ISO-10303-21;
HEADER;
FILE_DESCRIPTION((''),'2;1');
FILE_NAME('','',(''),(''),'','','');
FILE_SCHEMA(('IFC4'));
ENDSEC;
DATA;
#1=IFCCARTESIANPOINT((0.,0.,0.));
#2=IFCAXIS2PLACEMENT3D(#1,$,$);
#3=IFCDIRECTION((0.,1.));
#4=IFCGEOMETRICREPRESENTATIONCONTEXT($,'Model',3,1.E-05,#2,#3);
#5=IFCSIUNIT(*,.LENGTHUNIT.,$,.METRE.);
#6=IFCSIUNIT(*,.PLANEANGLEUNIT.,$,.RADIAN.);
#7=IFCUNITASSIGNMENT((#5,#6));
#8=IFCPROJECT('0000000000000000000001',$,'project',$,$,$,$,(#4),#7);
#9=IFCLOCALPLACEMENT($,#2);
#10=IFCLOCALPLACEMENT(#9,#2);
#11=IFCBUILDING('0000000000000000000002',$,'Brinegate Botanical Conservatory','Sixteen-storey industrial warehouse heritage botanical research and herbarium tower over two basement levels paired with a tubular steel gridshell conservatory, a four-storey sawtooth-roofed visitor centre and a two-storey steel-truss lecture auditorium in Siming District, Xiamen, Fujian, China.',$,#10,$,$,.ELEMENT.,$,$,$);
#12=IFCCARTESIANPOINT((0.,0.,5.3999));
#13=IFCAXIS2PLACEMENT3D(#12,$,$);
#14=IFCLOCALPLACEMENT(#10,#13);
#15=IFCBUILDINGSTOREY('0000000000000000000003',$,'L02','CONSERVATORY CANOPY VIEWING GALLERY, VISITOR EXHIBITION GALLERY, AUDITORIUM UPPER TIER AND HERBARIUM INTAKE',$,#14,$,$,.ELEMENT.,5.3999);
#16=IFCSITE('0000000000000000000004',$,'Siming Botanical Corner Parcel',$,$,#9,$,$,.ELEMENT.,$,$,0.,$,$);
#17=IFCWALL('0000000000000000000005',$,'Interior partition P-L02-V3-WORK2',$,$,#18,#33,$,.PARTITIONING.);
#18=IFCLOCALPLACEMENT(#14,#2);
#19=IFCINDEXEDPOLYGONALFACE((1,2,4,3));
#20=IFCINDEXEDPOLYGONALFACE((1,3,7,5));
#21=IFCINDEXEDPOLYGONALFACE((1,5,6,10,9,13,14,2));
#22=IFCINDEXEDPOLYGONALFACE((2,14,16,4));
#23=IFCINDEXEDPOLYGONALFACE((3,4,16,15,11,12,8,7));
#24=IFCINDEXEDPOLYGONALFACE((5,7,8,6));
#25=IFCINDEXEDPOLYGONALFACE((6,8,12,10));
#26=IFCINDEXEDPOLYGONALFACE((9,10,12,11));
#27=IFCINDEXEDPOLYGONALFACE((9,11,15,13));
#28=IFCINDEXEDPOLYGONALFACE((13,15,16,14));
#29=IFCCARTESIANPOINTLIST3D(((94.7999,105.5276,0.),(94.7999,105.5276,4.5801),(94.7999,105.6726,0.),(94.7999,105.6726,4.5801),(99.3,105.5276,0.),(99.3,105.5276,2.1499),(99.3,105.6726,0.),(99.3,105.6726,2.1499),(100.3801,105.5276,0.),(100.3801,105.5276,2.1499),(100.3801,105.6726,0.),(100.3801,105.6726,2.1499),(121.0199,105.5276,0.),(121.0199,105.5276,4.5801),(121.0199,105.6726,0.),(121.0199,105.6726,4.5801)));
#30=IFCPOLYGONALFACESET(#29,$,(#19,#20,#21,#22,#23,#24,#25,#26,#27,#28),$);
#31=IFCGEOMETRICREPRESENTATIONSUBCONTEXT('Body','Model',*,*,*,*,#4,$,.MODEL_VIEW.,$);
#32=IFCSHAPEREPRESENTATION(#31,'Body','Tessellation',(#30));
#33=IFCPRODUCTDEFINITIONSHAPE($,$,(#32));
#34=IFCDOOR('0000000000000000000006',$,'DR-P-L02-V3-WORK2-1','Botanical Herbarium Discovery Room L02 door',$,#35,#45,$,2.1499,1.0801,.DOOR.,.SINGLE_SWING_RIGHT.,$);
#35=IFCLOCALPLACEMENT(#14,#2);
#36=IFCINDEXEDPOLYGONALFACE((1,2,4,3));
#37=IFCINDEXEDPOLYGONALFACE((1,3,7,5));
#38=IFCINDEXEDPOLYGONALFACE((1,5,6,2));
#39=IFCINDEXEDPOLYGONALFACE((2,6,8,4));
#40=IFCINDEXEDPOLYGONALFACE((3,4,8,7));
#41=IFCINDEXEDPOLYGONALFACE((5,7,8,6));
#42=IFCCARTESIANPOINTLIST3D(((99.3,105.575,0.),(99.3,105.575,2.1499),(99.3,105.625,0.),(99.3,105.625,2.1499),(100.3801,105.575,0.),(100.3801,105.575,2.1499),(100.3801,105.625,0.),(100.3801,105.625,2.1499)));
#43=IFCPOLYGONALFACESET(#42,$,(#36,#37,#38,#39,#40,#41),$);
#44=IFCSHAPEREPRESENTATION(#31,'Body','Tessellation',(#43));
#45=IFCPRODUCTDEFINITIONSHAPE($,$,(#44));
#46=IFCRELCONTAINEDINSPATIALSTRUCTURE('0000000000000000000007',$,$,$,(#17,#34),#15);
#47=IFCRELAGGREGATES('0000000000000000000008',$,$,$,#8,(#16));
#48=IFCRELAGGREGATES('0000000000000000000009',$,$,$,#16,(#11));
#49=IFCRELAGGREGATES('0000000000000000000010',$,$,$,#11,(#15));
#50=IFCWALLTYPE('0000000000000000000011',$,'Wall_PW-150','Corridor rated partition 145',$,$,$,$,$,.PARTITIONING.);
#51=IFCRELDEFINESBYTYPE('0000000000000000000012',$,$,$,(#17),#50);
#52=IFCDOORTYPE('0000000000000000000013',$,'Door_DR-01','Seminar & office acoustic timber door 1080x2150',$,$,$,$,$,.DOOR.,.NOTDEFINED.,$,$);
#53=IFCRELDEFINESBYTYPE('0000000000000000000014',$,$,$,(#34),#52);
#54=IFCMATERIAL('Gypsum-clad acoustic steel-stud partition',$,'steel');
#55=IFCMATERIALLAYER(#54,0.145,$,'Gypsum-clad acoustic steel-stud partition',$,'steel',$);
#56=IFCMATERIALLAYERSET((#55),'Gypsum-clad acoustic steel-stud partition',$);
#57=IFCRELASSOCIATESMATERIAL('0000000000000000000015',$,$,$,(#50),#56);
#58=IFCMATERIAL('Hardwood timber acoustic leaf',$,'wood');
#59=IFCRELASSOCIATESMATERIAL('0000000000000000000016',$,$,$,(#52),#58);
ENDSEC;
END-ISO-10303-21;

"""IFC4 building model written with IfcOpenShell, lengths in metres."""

from ifc_helpers import new_model, si_unit, direction, frame, frame_2d, origin, place, context, subcontext, project, spatial, rectangle, extrude, material, layer, layer_set, type_object, element, fill, save


model = new_model("IFC4")

# Units and contexts
model_context = context("Model", 3, precision=1e-05, world=origin(), true_north=direction((0.0, 1.0)))
body_context = subcontext(model_context, "Body", "Model", "MODEL_VIEW")
ifc_project = project(units=[si_unit("LENGTHUNIT", "METRE"), si_unit("PLANEANGLEUNIT", "RADIAN")], contexts=[model_context])

# Site, building, storey
site_placement = place(None, origin())
site = spatial("IfcSite", under=ifc_project, at=site_placement, Name="Siming Botanical Corner Parcel", CompositionType="ELEMENT", RefElevation=0.0)
building_placement = place(site_placement, origin())
building = spatial("IfcBuilding", under=site, at=building_placement, Name="Brinegate Botanical Conservatory", Description="Sixteen-storey industrial warehouse heritage botanical research and herbarium tower over two basement levels paired with a tubular steel gridshell conservatory, a four-storey sawtooth-roofed visitor centre and a two-storey steel-truss lecture auditorium in Siming District, Xiamen, Fujian, China.", CompositionType="ELEMENT")
storey_placement = place(building_placement, frame((0.0, 0.0, 5.3999)))
storey = spatial("IfcBuildingStorey", under=building, at=storey_placement, Name="L02", Description="CONSERVATORY CANOPY VIEWING GALLERY, VISITOR EXHIBITION GALLERY, AUDITORIUM UPPER TIER AND HERBARIUM INTAKE", CompositionType="ELEMENT", Elevation=5.3999)

# Wall, opening, door
ifc_material_1 = material(Name="Gypsum-clad acoustic steel-stud partition", Category="steel")
ifc_layer_1 = layer(ifc_material_1, 0.145, Name="Gypsum-clad acoustic steel-stud partition", Category="steel")
ifc_layer_set_1 = layer_set([ifc_layer_1], Name="Gypsum-clad acoustic steel-stud partition")
wall_type_1 = type_object("IfcWallType", Name="Wall_PW-150", Description="Corridor rated partition 145", PredefinedType="PARTITIONING", material=ifc_layer_set_1)
wall_1_placement = place(storey_placement, frame((94.8, 105.6001, 0.0), z_axis=(0.0, 0.0, 1.0), x_axis=(1.0, 0.0, 0.0)))
wall_1 = element("IfcWall", 1, at=wall_1_placement, inside=storey, type_object=wall_type_1, Name="Interior partition P-L02-V3-WORK2", PredefinedType="PARTITIONING", context=body_context, shape_type="SweptSolid", body=[
    extrude(rectangle(XDim=26.22, YDim=0.145, at=frame_2d((13.1099, 0.0))), origin(), (0.0, 0.0, 1.0), 4.5801),
])
opening_1_placement = place(wall_1_placement, frame((4.5, 0.0, 0.0)))
opening_1 = element("IfcOpeningElement", 2, at=opening_1_placement, cuts=wall_1, PredefinedType="OPENING", context=body_context, shape_type="SweptSolid", body=[
    extrude(rectangle(XDim=1.0801, YDim=2.1499, at=frame_2d((0.54, 1.075))), frame((0.0, 0.0825, 0.0), z_axis=(0.0, -1.0, 0.0), x_axis=(1.0, 0.0, 0.0)), (0.0, 0.0, 1.0), 0.165),
])
ifc_material_2 = material(Name="Hardwood timber acoustic leaf", Category="wood")
door_type = type_object("IfcDoorType", Name="Door_DR-01", Description="Seminar & office acoustic timber door 1080x2150", OperationType="NOTDEFINED", PredefinedType="DOOR", material=ifc_material_2)
door_placement = place(opening_1_placement, origin())
door = element("IfcDoor", 3, at=door_placement, inside=storey, type_object=door_type, Name="DR-P-L02-V3-WORK2-1", Description="Botanical Herbarium Discovery Room L02 door", OperationType="SINGLE_SWING_RIGHT", OverallHeight=2.1499, OverallWidth=1.0801, PredefinedType="DOOR", context=body_context, shape_type="SweptSolid", body=[
    extrude(rectangle(XDim=1.0801, YDim=2.1499, at=frame_2d((0.54, 1.075))), frame((0.0, 0.0249, 0.0), z_axis=(0.0, -1.0, 0.0), x_axis=(1.0, 0.0, 0.0)), (0.0, 0.0, 1.0), 0.05),
])
fill(opening_1, door)

save(model, "model.ifc")
